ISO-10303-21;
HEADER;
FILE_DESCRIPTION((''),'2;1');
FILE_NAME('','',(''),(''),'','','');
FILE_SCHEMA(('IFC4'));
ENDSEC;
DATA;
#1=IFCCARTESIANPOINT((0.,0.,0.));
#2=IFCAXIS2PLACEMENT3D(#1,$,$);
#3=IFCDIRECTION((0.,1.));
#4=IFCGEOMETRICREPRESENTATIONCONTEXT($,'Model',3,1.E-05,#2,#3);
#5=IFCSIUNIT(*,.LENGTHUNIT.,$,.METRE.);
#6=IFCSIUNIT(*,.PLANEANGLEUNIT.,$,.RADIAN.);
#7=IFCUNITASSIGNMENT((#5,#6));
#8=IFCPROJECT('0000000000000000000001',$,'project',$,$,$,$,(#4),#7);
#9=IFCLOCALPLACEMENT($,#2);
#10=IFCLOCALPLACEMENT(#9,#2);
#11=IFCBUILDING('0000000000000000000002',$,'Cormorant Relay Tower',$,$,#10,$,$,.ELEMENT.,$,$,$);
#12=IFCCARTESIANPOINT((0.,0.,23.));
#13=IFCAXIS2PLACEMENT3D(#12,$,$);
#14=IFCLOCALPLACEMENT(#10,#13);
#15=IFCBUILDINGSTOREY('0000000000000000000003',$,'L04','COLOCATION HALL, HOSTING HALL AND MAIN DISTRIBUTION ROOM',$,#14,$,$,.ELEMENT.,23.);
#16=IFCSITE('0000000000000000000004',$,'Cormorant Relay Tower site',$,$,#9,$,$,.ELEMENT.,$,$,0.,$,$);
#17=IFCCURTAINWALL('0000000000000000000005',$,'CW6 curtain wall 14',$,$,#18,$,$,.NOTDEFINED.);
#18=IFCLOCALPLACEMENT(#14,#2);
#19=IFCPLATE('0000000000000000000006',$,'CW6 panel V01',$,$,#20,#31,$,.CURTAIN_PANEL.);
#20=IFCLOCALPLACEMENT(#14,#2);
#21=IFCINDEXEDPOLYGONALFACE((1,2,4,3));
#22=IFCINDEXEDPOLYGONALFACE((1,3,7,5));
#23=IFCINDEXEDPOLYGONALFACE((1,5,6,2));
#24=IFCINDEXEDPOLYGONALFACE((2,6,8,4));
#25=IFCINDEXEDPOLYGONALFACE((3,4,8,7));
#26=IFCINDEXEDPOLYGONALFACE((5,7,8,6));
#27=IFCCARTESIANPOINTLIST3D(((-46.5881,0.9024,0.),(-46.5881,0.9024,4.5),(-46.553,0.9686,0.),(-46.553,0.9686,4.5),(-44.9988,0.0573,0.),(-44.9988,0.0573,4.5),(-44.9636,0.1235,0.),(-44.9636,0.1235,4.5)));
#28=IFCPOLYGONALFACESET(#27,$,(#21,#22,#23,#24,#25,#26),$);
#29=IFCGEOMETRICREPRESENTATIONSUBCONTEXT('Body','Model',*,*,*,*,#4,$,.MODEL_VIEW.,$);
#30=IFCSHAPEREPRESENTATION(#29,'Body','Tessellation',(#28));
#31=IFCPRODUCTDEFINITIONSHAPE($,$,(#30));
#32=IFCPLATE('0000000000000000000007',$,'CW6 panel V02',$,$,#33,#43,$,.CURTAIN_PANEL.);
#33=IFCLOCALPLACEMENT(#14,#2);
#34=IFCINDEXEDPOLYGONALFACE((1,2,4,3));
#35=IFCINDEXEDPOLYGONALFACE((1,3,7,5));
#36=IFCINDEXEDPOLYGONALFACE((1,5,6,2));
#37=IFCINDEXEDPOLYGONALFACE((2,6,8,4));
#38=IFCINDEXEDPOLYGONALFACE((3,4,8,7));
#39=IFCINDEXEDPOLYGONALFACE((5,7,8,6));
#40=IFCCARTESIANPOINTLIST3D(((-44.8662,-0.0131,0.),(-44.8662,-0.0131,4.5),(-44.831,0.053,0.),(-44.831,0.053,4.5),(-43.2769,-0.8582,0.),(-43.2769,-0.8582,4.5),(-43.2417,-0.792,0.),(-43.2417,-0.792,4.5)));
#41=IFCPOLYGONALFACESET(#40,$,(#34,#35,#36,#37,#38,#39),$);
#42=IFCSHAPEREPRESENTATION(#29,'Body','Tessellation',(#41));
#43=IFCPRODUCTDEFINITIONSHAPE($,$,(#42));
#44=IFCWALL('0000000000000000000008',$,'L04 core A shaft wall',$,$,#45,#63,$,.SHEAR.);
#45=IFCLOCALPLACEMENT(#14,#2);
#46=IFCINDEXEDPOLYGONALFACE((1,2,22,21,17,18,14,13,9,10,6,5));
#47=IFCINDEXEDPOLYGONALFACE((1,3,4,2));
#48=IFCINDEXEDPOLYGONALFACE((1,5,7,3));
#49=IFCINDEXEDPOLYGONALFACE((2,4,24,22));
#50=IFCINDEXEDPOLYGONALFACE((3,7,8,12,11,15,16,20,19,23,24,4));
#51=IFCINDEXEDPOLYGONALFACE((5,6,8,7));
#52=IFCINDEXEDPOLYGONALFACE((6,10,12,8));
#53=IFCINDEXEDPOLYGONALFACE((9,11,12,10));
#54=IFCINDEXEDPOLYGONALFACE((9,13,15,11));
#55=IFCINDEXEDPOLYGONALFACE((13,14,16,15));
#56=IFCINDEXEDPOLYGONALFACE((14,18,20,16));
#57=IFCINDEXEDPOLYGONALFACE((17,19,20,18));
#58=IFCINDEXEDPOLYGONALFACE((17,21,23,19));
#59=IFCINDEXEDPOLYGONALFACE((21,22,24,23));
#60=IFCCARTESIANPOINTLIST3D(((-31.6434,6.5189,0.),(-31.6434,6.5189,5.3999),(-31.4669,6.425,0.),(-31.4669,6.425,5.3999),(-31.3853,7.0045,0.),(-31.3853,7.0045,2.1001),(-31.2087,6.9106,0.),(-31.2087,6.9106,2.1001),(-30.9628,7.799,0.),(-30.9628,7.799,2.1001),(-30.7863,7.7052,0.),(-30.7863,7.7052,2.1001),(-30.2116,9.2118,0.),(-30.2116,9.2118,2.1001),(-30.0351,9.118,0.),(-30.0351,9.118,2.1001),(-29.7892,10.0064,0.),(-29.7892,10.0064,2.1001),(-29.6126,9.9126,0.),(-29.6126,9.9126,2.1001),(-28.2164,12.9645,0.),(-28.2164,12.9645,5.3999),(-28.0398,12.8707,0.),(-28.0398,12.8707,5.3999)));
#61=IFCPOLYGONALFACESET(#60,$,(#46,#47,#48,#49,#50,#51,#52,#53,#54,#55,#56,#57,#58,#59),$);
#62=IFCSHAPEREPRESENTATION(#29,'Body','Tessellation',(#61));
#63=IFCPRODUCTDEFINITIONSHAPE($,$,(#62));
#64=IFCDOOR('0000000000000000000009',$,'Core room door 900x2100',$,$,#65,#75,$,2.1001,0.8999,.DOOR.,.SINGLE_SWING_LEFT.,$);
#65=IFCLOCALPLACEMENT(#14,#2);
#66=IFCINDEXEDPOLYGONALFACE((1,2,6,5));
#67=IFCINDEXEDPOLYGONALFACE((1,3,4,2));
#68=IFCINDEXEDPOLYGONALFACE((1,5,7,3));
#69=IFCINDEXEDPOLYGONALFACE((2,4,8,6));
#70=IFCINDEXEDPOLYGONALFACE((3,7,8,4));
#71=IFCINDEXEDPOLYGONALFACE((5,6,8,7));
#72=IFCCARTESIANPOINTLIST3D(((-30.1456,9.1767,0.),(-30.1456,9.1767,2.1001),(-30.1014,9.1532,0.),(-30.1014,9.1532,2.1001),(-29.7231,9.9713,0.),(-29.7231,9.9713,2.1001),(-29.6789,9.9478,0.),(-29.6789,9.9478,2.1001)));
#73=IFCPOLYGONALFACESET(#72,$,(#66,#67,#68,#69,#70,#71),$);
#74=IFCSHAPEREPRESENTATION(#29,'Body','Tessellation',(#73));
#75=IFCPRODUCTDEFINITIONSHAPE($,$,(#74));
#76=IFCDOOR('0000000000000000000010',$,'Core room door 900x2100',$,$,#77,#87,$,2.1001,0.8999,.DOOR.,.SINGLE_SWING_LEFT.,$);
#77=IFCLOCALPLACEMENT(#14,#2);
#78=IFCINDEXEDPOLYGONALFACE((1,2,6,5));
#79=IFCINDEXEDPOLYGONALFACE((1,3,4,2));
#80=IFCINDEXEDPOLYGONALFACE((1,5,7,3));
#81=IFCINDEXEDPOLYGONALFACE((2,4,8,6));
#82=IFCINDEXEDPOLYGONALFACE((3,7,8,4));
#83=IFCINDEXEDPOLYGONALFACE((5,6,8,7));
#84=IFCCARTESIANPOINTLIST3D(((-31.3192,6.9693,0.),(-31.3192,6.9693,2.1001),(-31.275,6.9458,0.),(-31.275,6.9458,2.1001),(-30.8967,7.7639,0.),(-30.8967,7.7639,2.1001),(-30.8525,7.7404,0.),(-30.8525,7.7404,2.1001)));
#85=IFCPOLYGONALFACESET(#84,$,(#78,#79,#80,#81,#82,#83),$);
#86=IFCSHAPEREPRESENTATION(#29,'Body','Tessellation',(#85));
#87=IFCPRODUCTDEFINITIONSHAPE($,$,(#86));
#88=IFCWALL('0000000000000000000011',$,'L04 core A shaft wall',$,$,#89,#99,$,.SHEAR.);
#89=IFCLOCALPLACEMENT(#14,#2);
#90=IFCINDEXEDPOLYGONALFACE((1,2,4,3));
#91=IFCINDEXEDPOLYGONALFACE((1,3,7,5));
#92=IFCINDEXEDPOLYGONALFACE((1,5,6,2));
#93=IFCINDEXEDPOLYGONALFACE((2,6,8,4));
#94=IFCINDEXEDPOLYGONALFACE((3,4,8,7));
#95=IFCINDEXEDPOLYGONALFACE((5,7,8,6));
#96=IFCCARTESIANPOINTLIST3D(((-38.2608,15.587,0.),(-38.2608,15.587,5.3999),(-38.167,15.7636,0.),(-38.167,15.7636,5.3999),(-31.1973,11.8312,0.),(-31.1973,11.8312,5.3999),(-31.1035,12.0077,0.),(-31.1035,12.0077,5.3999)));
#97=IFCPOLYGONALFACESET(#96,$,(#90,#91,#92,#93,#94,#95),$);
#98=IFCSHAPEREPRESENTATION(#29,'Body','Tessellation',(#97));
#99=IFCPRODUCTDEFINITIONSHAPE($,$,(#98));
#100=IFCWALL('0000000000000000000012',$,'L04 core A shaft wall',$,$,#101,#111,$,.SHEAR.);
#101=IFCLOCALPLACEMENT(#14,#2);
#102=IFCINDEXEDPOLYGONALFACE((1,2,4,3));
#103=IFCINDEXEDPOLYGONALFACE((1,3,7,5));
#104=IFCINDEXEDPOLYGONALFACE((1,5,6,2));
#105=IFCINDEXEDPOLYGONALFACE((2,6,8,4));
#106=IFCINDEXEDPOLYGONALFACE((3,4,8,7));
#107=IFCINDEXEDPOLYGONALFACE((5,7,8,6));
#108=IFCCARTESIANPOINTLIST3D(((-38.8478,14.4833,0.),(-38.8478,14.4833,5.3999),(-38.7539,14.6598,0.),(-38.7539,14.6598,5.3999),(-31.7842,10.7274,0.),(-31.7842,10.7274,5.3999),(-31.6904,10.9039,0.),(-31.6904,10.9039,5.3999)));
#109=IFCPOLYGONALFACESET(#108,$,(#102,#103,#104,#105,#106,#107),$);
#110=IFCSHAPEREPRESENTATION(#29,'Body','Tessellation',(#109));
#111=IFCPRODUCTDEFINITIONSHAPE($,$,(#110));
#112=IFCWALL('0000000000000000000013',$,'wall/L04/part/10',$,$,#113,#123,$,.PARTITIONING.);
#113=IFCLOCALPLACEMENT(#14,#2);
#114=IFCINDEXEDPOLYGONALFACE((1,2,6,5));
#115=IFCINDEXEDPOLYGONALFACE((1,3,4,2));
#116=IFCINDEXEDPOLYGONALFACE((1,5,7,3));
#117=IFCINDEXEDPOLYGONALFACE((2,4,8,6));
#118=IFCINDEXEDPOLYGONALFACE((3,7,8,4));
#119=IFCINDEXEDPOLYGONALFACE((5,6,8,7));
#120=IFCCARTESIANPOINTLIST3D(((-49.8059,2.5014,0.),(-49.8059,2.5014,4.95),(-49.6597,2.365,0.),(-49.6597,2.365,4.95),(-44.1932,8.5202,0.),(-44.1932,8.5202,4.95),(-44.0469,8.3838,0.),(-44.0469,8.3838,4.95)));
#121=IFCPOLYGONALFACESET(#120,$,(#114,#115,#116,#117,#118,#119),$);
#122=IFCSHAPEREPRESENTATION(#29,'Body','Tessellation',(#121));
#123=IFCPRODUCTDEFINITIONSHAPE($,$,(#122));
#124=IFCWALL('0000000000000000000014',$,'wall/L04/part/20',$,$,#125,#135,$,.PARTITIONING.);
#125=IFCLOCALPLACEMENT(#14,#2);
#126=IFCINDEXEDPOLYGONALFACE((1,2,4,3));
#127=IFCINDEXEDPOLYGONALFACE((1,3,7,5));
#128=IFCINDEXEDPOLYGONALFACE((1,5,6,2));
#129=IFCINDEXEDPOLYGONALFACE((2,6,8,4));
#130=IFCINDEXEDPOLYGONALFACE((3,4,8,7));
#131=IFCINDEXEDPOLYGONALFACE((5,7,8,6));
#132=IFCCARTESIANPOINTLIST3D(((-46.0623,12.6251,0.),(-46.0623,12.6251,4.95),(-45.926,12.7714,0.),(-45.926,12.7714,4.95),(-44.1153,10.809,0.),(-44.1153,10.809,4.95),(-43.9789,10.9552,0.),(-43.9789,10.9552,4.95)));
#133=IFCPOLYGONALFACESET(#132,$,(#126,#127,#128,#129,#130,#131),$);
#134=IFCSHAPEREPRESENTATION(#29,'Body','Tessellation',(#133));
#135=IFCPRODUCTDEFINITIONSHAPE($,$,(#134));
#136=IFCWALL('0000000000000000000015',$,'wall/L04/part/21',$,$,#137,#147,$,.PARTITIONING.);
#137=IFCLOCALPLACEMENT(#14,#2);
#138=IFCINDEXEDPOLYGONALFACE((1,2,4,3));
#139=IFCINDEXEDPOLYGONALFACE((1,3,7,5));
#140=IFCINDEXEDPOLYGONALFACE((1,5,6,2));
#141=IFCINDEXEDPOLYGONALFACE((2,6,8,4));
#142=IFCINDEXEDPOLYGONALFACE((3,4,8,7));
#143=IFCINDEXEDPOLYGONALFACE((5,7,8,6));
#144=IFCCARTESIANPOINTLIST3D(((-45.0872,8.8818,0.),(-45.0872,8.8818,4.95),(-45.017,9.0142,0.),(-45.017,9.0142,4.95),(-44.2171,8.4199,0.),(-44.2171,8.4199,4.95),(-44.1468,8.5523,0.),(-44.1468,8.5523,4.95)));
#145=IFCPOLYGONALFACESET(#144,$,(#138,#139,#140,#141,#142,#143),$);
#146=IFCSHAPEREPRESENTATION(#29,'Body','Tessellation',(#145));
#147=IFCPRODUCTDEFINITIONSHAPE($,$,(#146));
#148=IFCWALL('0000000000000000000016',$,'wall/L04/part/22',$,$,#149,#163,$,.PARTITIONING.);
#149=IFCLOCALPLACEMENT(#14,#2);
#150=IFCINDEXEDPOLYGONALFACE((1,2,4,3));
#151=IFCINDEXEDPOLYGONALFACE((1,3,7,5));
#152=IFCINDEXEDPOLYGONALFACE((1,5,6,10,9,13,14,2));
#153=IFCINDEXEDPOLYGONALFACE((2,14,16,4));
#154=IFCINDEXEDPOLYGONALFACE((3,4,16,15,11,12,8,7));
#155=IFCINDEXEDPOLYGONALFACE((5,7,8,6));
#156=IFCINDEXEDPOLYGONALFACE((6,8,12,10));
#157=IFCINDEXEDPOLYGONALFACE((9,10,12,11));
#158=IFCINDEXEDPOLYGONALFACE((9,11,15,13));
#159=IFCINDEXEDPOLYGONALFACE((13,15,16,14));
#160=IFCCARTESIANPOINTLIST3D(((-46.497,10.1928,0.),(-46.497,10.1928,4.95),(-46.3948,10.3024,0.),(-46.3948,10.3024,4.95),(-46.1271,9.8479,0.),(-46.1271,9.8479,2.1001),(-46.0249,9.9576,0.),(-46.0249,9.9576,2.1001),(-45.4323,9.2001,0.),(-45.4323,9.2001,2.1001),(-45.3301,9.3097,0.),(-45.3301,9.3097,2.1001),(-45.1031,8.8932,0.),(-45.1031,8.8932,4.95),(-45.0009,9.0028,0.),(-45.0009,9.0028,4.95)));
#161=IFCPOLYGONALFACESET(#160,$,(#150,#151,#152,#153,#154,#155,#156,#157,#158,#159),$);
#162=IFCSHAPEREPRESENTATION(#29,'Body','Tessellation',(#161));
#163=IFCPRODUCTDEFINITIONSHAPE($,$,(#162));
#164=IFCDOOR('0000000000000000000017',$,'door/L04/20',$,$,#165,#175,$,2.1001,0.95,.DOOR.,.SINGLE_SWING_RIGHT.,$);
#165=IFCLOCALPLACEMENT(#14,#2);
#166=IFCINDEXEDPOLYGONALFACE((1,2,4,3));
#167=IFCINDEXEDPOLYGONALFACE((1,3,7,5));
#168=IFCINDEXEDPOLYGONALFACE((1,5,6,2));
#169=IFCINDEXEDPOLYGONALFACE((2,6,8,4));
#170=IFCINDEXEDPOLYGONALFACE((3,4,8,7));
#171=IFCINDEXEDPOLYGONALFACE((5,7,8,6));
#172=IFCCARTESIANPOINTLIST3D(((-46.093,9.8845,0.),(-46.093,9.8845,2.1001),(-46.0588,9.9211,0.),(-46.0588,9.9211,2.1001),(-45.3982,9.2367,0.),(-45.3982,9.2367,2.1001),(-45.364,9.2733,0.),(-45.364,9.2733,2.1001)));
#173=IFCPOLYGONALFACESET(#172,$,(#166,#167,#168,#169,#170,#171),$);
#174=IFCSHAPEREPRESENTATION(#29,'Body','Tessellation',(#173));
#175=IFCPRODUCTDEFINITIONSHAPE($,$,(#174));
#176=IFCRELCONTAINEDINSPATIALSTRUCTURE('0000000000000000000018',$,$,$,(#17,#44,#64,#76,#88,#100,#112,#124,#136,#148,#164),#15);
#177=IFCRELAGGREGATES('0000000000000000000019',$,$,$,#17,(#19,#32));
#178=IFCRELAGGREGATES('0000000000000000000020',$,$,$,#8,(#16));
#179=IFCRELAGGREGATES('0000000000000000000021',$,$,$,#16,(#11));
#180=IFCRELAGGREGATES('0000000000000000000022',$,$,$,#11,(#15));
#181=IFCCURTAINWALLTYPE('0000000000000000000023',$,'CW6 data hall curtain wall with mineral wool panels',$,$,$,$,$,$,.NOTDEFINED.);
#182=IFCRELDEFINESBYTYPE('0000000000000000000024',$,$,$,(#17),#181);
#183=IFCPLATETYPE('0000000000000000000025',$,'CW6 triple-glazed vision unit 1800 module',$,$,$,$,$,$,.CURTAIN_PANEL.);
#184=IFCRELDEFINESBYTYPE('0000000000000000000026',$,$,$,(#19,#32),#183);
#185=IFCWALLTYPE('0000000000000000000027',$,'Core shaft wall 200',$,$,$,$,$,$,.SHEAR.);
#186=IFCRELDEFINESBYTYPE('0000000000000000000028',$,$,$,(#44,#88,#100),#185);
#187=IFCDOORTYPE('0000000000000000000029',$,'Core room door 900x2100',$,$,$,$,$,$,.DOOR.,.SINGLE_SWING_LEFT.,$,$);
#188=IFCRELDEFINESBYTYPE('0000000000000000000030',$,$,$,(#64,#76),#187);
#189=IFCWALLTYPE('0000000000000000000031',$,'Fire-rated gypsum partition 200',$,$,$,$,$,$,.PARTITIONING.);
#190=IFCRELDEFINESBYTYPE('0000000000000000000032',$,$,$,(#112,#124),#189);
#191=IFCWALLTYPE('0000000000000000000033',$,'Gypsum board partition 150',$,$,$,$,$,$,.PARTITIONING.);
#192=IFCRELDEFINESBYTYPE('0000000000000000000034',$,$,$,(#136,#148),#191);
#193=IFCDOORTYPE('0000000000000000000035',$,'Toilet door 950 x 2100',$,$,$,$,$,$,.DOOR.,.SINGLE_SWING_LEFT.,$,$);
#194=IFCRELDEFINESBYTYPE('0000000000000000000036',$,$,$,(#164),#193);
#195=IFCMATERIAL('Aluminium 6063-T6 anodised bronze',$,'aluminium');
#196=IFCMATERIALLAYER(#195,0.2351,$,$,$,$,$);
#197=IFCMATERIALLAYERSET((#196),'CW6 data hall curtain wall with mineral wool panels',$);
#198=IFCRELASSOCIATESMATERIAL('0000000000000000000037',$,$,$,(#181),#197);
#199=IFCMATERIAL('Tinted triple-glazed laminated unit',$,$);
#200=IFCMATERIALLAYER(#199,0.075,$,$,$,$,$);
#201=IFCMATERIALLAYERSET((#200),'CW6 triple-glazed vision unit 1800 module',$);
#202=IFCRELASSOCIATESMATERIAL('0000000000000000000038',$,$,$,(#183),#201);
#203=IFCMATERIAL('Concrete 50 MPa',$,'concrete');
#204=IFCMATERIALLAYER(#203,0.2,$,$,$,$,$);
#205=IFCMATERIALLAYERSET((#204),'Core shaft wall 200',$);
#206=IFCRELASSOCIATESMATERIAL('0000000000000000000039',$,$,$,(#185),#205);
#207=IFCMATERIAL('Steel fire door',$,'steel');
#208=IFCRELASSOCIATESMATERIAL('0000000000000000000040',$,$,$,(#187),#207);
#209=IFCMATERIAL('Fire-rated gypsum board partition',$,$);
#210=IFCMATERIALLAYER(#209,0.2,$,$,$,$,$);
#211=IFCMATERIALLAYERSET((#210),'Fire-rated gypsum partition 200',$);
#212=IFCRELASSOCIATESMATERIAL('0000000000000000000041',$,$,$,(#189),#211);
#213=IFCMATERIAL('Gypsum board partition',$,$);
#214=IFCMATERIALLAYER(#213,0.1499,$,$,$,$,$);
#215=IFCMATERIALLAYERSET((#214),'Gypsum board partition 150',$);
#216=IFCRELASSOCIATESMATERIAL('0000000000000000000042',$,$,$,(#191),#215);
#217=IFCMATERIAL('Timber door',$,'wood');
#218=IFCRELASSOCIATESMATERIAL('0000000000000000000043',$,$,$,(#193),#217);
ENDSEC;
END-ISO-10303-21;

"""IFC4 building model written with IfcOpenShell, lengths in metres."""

from ifc_helpers import new_model, si_unit, direction, frame, frame_2d, origin, origin_2d, place, context, subcontext, project, spatial, rectangle, extrude, material, layer, layer_set, type_object, element, fill, aggregate, save


model = new_model("IFC4")

# Units and contexts
model_context = context("Model", 3, precision=1e-05, world=origin(), true_north=direction((0.0, 1.0)))
body_context = subcontext(model_context, "Body", "Model", "MODEL_VIEW")
ifc_project = project(units=[si_unit("LENGTHUNIT", "METRE"), si_unit("PLANEANGLEUNIT", "RADIAN")], contexts=[model_context])

# Site, building, storey
site_placement = place(None, origin())
site = spatial("IfcSite", under=ifc_project, at=site_placement, Name="Cormorant Relay Tower site", CompositionType="ELEMENT", RefElevation=0.0)
building_placement = place(site_placement, origin())
building = spatial("IfcBuilding", under=site, at=building_placement, Name="Cormorant Relay Tower", CompositionType="ELEMENT")
storey_placement = place(building_placement, frame((0.0, 0.0, 23.0)))
storey = spatial("IfcBuildingStorey", under=building, at=storey_placement, Name="L04", Description="COLOCATION HALL, HOSTING HALL AND MAIN DISTRIBUTION ROOM", CompositionType="ELEMENT", Elevation=23.0)

# Curtain wall, plates
ifc_material_1 = material(Name="Aluminium 6063-T6 anodised bronze", Category="aluminium")
ifc_layer_1 = layer(ifc_material_1, 0.2351)
ifc_layer_set_1 = layer_set([ifc_layer_1], Name="CW6 data hall curtain wall with mineral wool panels")
curtain_wall_type = type_object("IfcCurtainWallType", Name="CW6 data hall curtain wall with mineral wool panels", PredefinedType="NOTDEFINED", material=ifc_layer_set_1)
curtain_wall_placement = place(storey_placement, origin())
curtain_wall = element("IfcCurtainWall", 1, at=curtain_wall_placement, inside=storey, type_object=curtain_wall_type, Name="CW6 curtain wall 14", PredefinedType="NOTDEFINED")
ifc_material_2 = material(Name="Tinted triple-glazed laminated unit")
ifc_layer_2 = layer(ifc_material_2, 0.075)
ifc_layer_set_2 = layer_set([ifc_layer_2], Name="CW6 triple-glazed vision unit 1800 module")
plate_type = type_object("IfcPlateType", Name="CW6 triple-glazed vision unit 1800 module", PredefinedType="CURTAIN_PANEL", material=ifc_layer_set_2)
plate_1_placement = place(storey_placement, frame((-45.7759, 0.5129, 0.0), z_axis=(0.0, 0.0, 1.0), x_axis=(0.882948, -0.469472, 0.0)))
plate_1 = element("IfcPlate", 2, at=plate_1_placement, type_object=plate_type, Name="CW6 panel V01", PredefinedType="CURTAIN_PANEL", context=body_context, shape_type="SweptSolid", body=[
    extrude(rectangle(XDim=1.8, YDim=0.075, at=origin_2d()), origin(), (0.0, 0.0, 1.0), 4.5),
])
plate_2_placement = place(storey_placement, frame((-44.054, -0.4026, 0.0), z_axis=(0.0, 0.0, 1.0), x_axis=(0.882948, -0.469472, 0.0)))
plate_2 = element("IfcPlate", 3, at=plate_2_placement, type_object=plate_type, Name="CW6 panel V02", PredefinedType="CURTAIN_PANEL", context=body_context, shape_type="SweptSolid", body=[
    extrude(rectangle(XDim=1.8, YDim=0.075, at=origin_2d()), origin(), (0.0, 0.0, 1.0), 4.5),
])

# Wall, openings, doors
ifc_material_3 = material(Name="Concrete 50 MPa", Category="concrete")
ifc_layer_3 = layer(ifc_material_3, 0.2)
ifc_layer_set_3 = layer_set([ifc_layer_3], Name="Core shaft wall 200")
wall_type_1 = type_object("IfcWallType", Name="Core shaft wall 200", PredefinedType="SHEAR", material=ifc_layer_set_3)
wall_1_placement = place(storey_placement, frame((-28.1282, 12.9175, 0.0), z_axis=(0.0, 0.0, 1.0), x_axis=(-0.469454, -0.882957, 0.0)))
wall_1 = element("IfcWall", 4, at=wall_1_placement, inside=storey, type_object=wall_type_1, Name="L04 core A shaft wall", PredefinedType="SHEAR", context=body_context, shape_type="SweptSolid", body=[
    extrude(rectangle(XDim=7.3, YDim=0.2, at=frame_2d((3.6499, 0.0))), origin(), (0.0, 0.0, 1.0), 5.3999),
])
opening_1_placement = place(wall_1_placement, frame((3.3501, 0.0, 0.0)))
opening_1 = element("IfcOpeningElement", 5, at=opening_1_placement, cuts=wall_1, PredefinedType="OPENING", context=body_context, shape_type="SweptSolid", body=[
    extrude(rectangle(XDim=0.8999, YDim=2.1001, at=frame_2d((0.45, 1.05))), frame((0.0, 0.1099, 0.0), z_axis=(0.0, -1.0, 0.0), x_axis=(1.0, 0.0, 0.0)), (0.0, 0.0, 1.0), 0.22),
])
opening_2_placement = place(wall_1_placement, frame((5.8501, 0.0, 0.0)))
opening_2 = element("IfcOpeningElement", 6, at=opening_2_placement, cuts=wall_1, PredefinedType="OPENING", context=body_context, shape_type="SweptSolid", body=[
    extrude(rectangle(XDim=0.8999, YDim=2.1001, at=frame_2d((0.45, 1.05))), frame((0.0, 0.1099, 0.0), z_axis=(0.0, -1.0, 0.0), x_axis=(1.0, 0.0, 0.0)), (0.0, 0.0, 1.0), 0.22),
])
ifc_material_4 = material(Name="Steel fire door", Category="steel")
door_type_1 = type_object("IfcDoorType", Name="Core room door 900x2100", OperationType="SINGLE_SWING_LEFT", PredefinedType="DOOR", material=ifc_material_4)
door_1_placement = place(opening_1_placement, origin())
door_1 = element("IfcDoor", 7, at=door_1_placement, inside=storey, type_object=door_type_1, Name="Core room door 900x2100", OperationType="SINGLE_SWING_LEFT", OverallHeight=2.1001, OverallWidth=0.8999, PredefinedType="DOOR", context=body_context, shape_type="SweptSolid", body=[
    extrude(rectangle(XDim=0.8999, YDim=2.1001, at=frame_2d((0.45, 1.05))), frame((0.0, 0.0249, 0.0), z_axis=(0.0, -1.0, 0.0), x_axis=(1.0, 0.0, 0.0)), (0.0, 0.0, 1.0), 0.05),
])
fill(opening_1, door_1)
door_2_placement = place(opening_2_placement, origin())
door_2 = element("IfcDoor", 8, at=door_2_placement, inside=storey, type_object=door_type_1, Name="Core room door 900x2100", OperationType="SINGLE_SWING_LEFT", OverallHeight=2.1001, OverallWidth=0.8999, PredefinedType="DOOR", context=body_context, shape_type="SweptSolid", body=[
    extrude(rectangle(XDim=0.8999, YDim=2.1001, at=frame_2d((0.45, 1.05))), frame((0.0, 0.0249, 0.0), z_axis=(0.0, -1.0, 0.0), x_axis=(1.0, 0.0, 0.0)), (0.0, 0.0, 1.0), 0.05),
])
fill(opening_2, door_2)

# Walls
for number, where, z_axis, x_axis, name in (
    (9, (-31.1504, 11.9194, 0.0), (0.0, 0.0, 1.0), (-0.88294, 0.469485, 0.0), "L04 core A shaft wall"),
    (10, (-31.7373, 10.8157, 0.0), (0.0, 0.0, 1.0), (-0.88294, 0.469485, 0.0), "L04 core A shaft wall"),
):
    element("IfcWall", number, at=place(storey_placement, frame(where, z_axis=z_axis, x_axis=x_axis)), inside=storey, type_object=wall_type_1, Name=name, PredefinedType="SHEAR", context=body_context, shape_type="SweptSolid", body=[
        extrude(rectangle(XDim=8.0, YDim=0.2, at=frame_2d((4.0, 0.0))), origin(), (0.0, 0.0, 1.0), 5.3999),
    ])
ifc_material_5 = material(Name="Fire-rated gypsum board partition")
ifc_layer_4 = layer(ifc_material_5, 0.2)
ifc_layer_set_4 = layer_set([ifc_layer_4], Name="Fire-rated gypsum partition 200")
wall_type_2 = type_object("IfcWallType", Name="Fire-rated gypsum partition 200", PredefinedType="PARTITIONING", material=ifc_layer_set_4)
wall_2_placement = place(storey_placement, frame((-44.1201, 8.4519, 0.0), z_axis=(0.0, 0.0, 1.0), x_axis=(-0.68201, -0.731343, 0.0)))
element("IfcWall", 11, at=wall_2_placement, inside=storey, type_object=wall_type_2, Name="wall/L04/part/10", PredefinedType="PARTITIONING", context=body_context, shape_type="SweptSolid", body=[
    extrude(rectangle(XDim=8.2297, YDim=0.2, at=frame_2d((4.1147, 0.0))), origin(), (0.0, 0.0, 1.0), 4.95),
])
wall_3_placement = place(storey_placement, frame((-44.0471, 10.8821, 0.0), z_axis=(0.0, 0.0, 1.0), x_axis=(-0.731253, 0.682106, 0.0)))
element("IfcWall", 12, at=wall_3_placement, inside=storey, type_object=wall_type_2, Name="wall/L04/part/20", PredefinedType="PARTITIONING", context=body_context, shape_type="SweptSolid", body=[
    extrude(rectangle(XDim=2.6626, YDim=0.2, at=frame_2d((1.3313, 0.0))), origin(), (0.0, 0.0, 1.0), 4.95),
])
ifc_material_6 = material(Name="Gypsum board partition")
ifc_layer_5 = layer(ifc_material_6, 0.1499)
ifc_layer_set_5 = layer_set([ifc_layer_5], Name="Gypsum board partition 150")
wall_type_3 = type_object("IfcWallType", Name="Gypsum board partition 150", PredefinedType="PARTITIONING", material=ifc_layer_set_5)
wall_4_placement = place(storey_placement, frame((-44.1819, 8.4861, 0.0), z_axis=(0.0, 0.0, 1.0), x_axis=(-0.883257, 0.468889, 0.0)))
element("IfcWall", 13, at=wall_4_placement, inside=storey, type_object=wall_type_3, Name="wall/L04/part/21", PredefinedType="PARTITIONING", context=body_context, shape_type="SweptSolid", body=[
    extrude(rectangle(XDim=0.9851, YDim=0.1499, at=frame_2d((0.4927, 0.0))), origin(), (0.0, 0.0, 1.0), 4.95),
])

# Wall, opening, door
wall_5_placement = place(storey_placement, frame((-45.052, 8.948, 0.0), z_axis=(0.0, 0.0, 1.0), x_axis=(-0.7314, 0.681948, 0.0)))
wall_5 = element("IfcWall", 14, at=wall_5_placement, inside=storey, type_object=wall_type_3, Name="wall/L04/part/22", PredefinedType="PARTITIONING", context=body_context, shape_type="SweptSolid", body=[
    extrude(rectangle(XDim=1.9058, YDim=0.1499, at=frame_2d((0.9529, 0.0))), origin(), (0.0, 0.0, 1.0), 4.95),
])
opening_3_placement = place(wall_5_placement, frame((0.45, 0.0, 0.0)))
opening_3 = element("IfcOpeningElement", 15, at=opening_3_placement, cuts=wall_5, PredefinedType="OPENING", context=body_context, shape_type="SweptSolid", body=[
    extrude(rectangle(XDim=0.95, YDim=2.1001, at=frame_2d((0.4751, 1.05))), frame((0.0, 0.085, 0.0), z_axis=(0.0, -1.0, 0.0), x_axis=(1.0, 0.0, 0.0)), (0.0, 0.0, 1.0), 0.1699),
])
ifc_material_7 = material(Name="Timber door", Category="wood")
door_type_2 = type_object("IfcDoorType", Name="Toilet door 950 x 2100", OperationType="SINGLE_SWING_LEFT", PredefinedType="DOOR", material=ifc_material_7)
door_3_placement = place(opening_3_placement, origin())
door_3 = element("IfcDoor", 16, at=door_3_placement, inside=storey, type_object=door_type_2, Name="door/L04/20", OperationType="SINGLE_SWING_RIGHT", OverallHeight=2.1001, OverallWidth=0.95, PredefinedType="DOOR", context=body_context, shape_type="SweptSolid", body=[
    extrude(rectangle(XDim=0.95, YDim=2.1001, at=frame_2d((0.4751, 1.05))), frame((0.0, 0.0249, 0.0), z_axis=(0.0, -1.0, 0.0), x_axis=(1.0, 0.0, 0.0)), (0.0, 0.0, 1.0), 0.05),
])
fill(opening_3, door_3)

aggregate(curtain_wall, [plate_1, plate_2])

save(model, "model.ifc")
